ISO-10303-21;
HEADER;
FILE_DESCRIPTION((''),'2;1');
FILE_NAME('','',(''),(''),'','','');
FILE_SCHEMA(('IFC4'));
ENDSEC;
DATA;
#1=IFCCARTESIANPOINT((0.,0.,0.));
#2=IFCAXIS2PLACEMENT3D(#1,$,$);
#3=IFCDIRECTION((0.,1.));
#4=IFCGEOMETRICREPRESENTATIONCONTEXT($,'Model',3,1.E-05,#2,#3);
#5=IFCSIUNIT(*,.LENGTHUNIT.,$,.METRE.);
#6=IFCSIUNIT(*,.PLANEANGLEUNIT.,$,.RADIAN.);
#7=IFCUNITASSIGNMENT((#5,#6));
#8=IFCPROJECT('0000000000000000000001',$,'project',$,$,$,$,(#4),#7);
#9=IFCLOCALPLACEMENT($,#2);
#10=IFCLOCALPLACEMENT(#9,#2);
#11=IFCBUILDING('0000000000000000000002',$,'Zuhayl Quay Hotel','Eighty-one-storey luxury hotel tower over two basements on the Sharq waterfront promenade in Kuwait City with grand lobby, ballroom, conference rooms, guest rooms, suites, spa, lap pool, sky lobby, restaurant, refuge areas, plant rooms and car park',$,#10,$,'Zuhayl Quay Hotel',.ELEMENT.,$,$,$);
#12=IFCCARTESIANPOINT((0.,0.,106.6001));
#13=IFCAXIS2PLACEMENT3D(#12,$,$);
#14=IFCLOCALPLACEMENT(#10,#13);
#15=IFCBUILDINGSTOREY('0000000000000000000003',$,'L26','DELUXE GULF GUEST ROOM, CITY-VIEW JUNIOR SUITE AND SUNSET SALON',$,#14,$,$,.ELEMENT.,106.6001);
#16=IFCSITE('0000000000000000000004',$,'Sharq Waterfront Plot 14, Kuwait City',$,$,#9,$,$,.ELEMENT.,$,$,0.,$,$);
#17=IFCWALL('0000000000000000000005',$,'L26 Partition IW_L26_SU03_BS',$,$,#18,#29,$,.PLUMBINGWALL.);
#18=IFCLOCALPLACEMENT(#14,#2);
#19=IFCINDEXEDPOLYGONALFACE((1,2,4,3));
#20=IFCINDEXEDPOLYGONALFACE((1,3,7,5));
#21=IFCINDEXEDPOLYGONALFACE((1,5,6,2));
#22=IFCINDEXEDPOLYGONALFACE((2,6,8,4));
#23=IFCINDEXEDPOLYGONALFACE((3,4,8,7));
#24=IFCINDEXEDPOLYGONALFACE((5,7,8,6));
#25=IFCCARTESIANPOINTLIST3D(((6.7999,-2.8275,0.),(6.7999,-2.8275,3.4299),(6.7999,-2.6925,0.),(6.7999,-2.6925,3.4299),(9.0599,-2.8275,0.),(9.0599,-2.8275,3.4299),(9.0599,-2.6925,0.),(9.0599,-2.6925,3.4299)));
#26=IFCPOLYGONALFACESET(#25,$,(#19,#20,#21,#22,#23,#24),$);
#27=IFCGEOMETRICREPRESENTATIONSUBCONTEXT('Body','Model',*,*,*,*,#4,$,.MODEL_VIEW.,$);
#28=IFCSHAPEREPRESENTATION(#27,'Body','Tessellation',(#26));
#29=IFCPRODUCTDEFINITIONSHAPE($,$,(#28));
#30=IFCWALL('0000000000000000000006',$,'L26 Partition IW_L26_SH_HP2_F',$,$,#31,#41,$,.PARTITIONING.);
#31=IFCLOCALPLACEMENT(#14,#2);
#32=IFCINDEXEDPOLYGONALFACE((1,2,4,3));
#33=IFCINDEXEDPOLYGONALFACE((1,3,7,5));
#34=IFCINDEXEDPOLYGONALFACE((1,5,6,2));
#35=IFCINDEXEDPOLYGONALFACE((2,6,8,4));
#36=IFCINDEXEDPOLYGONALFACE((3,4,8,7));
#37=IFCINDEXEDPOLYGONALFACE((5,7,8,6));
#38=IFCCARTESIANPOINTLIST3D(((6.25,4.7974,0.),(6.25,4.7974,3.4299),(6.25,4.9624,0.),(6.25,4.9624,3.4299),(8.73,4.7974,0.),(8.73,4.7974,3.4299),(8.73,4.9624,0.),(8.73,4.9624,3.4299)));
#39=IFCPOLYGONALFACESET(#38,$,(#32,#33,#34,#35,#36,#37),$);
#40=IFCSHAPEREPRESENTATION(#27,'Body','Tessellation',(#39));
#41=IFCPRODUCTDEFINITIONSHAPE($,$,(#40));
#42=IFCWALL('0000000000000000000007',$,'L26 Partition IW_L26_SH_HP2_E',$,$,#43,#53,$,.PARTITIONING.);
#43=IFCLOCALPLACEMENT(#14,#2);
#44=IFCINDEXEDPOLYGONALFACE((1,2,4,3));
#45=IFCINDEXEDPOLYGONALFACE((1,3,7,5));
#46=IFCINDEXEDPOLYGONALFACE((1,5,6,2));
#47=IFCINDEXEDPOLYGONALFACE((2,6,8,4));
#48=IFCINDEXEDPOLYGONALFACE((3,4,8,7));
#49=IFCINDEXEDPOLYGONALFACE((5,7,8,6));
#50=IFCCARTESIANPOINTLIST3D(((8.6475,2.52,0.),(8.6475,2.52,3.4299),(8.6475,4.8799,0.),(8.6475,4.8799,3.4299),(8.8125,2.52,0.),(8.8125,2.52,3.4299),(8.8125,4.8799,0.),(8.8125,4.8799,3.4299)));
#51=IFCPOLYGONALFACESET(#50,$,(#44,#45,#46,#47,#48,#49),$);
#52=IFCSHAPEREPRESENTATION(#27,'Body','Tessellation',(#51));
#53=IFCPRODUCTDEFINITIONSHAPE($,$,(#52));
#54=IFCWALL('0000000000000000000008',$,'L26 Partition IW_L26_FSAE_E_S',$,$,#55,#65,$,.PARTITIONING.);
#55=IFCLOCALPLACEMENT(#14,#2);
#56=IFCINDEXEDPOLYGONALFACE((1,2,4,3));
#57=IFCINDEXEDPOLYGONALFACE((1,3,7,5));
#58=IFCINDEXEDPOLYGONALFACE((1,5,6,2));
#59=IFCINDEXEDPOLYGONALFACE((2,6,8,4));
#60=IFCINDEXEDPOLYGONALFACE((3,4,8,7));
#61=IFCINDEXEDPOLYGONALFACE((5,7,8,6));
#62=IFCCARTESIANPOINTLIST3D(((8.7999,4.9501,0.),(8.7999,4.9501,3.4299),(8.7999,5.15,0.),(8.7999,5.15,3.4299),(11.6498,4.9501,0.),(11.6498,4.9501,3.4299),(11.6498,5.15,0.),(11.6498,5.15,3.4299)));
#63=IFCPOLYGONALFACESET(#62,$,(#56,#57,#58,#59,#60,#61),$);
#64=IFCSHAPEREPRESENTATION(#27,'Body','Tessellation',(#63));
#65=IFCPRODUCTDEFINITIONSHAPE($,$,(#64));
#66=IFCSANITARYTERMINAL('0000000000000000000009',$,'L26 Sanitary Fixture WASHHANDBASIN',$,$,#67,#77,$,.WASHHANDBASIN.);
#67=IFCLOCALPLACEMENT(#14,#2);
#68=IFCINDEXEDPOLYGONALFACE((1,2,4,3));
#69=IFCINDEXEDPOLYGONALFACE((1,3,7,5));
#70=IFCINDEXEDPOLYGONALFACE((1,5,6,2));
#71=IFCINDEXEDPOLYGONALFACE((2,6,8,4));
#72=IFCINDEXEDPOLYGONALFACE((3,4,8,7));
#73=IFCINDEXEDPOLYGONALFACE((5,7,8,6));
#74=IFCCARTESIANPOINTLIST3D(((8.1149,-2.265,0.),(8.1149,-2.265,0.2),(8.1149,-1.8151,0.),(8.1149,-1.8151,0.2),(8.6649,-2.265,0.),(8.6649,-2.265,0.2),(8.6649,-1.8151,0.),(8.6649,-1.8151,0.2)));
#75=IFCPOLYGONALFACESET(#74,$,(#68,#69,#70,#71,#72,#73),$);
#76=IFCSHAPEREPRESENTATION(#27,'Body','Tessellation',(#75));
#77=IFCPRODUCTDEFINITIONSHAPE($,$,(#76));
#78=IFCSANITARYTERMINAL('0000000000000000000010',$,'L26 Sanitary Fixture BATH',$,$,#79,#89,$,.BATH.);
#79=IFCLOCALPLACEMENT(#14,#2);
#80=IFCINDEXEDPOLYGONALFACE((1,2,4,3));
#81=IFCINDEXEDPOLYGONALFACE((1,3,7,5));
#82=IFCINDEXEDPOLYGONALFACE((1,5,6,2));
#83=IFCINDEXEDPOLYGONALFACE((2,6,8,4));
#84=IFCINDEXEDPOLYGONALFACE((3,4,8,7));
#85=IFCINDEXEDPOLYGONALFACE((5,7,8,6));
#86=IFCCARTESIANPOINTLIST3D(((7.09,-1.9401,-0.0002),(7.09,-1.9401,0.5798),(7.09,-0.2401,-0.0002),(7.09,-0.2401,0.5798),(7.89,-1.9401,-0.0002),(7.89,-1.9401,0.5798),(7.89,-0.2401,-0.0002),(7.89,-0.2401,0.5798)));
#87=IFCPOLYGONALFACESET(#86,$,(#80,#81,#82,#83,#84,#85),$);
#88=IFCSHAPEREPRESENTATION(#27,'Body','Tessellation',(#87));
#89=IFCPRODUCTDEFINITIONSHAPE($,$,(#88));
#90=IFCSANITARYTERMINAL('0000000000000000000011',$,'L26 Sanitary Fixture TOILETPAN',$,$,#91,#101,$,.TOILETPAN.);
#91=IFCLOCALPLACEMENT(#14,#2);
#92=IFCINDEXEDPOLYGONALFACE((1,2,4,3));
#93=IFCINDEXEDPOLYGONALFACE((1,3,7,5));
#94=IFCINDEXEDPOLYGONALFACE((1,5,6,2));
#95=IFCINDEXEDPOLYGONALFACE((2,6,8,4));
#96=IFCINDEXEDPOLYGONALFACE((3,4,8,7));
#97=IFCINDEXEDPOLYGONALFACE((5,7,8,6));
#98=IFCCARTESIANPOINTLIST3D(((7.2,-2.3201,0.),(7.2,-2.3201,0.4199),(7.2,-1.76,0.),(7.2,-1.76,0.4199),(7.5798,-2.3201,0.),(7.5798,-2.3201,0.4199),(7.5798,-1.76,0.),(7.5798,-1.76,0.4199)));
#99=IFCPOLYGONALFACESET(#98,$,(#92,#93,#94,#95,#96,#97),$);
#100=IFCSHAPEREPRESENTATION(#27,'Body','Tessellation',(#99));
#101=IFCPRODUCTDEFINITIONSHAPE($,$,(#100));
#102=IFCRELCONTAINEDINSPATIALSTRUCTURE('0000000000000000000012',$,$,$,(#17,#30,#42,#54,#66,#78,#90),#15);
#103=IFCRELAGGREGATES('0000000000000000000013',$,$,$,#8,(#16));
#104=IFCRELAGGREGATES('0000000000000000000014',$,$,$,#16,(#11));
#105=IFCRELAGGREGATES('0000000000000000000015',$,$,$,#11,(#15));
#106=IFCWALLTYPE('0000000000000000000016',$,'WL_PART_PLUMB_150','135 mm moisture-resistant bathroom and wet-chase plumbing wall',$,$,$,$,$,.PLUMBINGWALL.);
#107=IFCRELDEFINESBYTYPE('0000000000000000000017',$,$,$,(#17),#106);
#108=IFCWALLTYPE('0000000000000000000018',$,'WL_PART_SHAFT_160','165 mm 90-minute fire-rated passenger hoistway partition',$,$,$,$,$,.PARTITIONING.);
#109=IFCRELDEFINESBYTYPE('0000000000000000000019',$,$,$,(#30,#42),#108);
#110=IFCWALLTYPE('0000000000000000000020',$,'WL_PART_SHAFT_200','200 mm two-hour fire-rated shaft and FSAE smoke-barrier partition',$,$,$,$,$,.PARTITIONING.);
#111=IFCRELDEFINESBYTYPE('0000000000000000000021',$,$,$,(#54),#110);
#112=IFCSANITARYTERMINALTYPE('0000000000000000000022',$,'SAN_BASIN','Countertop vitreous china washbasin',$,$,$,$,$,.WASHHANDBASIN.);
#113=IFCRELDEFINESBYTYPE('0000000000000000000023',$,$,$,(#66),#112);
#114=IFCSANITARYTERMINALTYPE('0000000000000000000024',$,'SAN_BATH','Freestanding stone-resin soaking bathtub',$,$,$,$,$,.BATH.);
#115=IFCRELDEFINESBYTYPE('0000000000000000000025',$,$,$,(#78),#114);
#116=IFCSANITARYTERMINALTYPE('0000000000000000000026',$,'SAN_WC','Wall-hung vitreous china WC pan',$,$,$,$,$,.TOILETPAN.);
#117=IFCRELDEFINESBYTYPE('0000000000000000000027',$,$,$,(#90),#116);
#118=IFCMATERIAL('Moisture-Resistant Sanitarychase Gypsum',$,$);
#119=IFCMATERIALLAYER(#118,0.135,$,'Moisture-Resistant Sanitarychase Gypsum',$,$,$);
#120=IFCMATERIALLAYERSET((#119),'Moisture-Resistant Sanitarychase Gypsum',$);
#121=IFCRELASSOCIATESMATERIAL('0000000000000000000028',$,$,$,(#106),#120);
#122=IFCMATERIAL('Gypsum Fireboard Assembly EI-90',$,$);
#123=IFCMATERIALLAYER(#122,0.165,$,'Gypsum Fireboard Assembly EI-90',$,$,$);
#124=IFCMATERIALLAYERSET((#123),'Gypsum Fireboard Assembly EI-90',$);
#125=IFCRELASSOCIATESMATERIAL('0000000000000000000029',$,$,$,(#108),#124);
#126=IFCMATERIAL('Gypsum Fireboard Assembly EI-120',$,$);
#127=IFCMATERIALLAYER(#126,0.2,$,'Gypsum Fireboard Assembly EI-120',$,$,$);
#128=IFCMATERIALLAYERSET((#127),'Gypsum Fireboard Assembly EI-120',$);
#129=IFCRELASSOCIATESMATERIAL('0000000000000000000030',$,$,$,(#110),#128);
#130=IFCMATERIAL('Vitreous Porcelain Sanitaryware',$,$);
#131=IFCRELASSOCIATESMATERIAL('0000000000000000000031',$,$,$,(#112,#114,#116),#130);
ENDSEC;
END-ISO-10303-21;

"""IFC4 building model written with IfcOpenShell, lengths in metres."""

from ifc_helpers import new_model, si_unit, direction, frame, frame_2d, origin, origin_2d, place, context, subcontext, project, spatial, rectangle, extrude, material, layer, layer_set, type_object, element, save


model = new_model("IFC4")

# Units and contexts
model_context = context("Model", 3, precision=1e-05, world=origin(), true_north=direction((0.0, 1.0)))
body_context = subcontext(model_context, "Body", "Model", "MODEL_VIEW")
ifc_project = project(units=[si_unit("LENGTHUNIT", "METRE"), si_unit("PLANEANGLEUNIT", "RADIAN")], contexts=[model_context])

# Site, building, storey
site_placement = place(None, origin())
site = spatial("IfcSite", under=ifc_project, at=site_placement, Name="Sharq Waterfront Plot 14, Kuwait City", CompositionType="ELEMENT", RefElevation=0.0)
building_placement = place(site_placement, origin())
building = spatial("IfcBuilding", under=site, at=building_placement, Name="Zuhayl Quay Hotel", Description="Eighty-one-storey luxury hotel tower over two basements on the Sharq waterfront promenade in Kuwait City with grand lobby, ballroom, conference rooms, guest rooms, suites, spa, lap pool, sky lobby, restaurant, refuge areas, plant rooms and car park", LongName="Zuhayl Quay Hotel", CompositionType="ELEMENT")
storey_placement = place(building_placement, frame((0.0, 0.0, 106.6001)))
storey = spatial("IfcBuildingStorey", under=building, at=storey_placement, Name="L26", Description="DELUXE GULF GUEST ROOM, CITY-VIEW JUNIOR SUITE AND SUNSET SALON", CompositionType="ELEMENT", Elevation=106.6001)

# Shared definitions
ifc_material_1 = material(Name="Moisture-Resistant Sanitarychase Gypsum")
ifc_layer_1 = layer(ifc_material_1, 0.135, Name="Moisture-Resistant Sanitarychase Gypsum")
ifc_layer_set_1 = layer_set([ifc_layer_1], Name="Moisture-Resistant Sanitarychase Gypsum")
wall_type_1 = type_object("IfcWallType", Name="WL_PART_PLUMB_150", Description="135 mm moisture-resistant bathroom and wet-chase plumbing wall", PredefinedType="PLUMBINGWALL", material=ifc_layer_set_1)

# Walls
wall_1_placement = place(storey_placement, frame((6.8, -2.76, 0.0), z_axis=(0.0, 0.0, 1.0), x_axis=(1.0, 0.0, 0.0)))
element("IfcWall", 1, at=wall_1_placement, inside=storey, type_object=wall_type_1, Name="L26 Partition IW_L26_SU03_BS", PredefinedType="PLUMBINGWALL", context=body_context, shape_type="SweptSolid", body=[
    extrude(rectangle(XDim=2.26, YDim=0.135, at=frame_2d((1.1299, 0.0))), origin(), (0.0, 0.0, 1.0), 3.4299),
])
ifc_material_2 = material(Name="Gypsum Fireboard Assembly EI-90")
ifc_layer_2 = layer(ifc_material_2, 0.165, Name="Gypsum Fireboard Assembly EI-90")
ifc_layer_set_2 = layer_set([ifc_layer_2], Name="Gypsum Fireboard Assembly EI-90")
wall_type_2 = type_object("IfcWallType", Name="WL_PART_SHAFT_160", Description="165 mm 90-minute fire-rated passenger hoistway partition", PredefinedType="PARTITIONING", material=ifc_layer_set_2)
wall_2_placement = place(storey_placement, frame((6.25, 4.8799, 0.0), z_axis=(0.0, 0.0, 1.0), x_axis=(1.0, 0.0, 0.0)))
element("IfcWall", 2, at=wall_2_placement, inside=storey, type_object=wall_type_2, Name="L26 Partition IW_L26_SH_HP2_F", PredefinedType="PARTITIONING", context=body_context, shape_type="SweptSolid", body=[
    extrude(rectangle(XDim=2.48, YDim=0.165, at=frame_2d((1.24, 0.0))), origin(), (0.0, 0.0, 1.0), 3.4299),
])
wall_3_placement = place(storey_placement, frame((8.73, 2.52, 0.0), z_axis=(0.0, 0.0, 1.0), x_axis=(0.0, 1.0, 0.0)))
element("IfcWall", 3, at=wall_3_placement, inside=storey, type_object=wall_type_2, Name="L26 Partition IW_L26_SH_HP2_E", PredefinedType="PARTITIONING", context=body_context, shape_type="SweptSolid", body=[
    extrude(rectangle(XDim=2.3599, YDim=0.165, at=frame_2d((1.1799, 0.0))), origin(), (0.0, 0.0, 1.0), 3.4299),
])
ifc_material_3 = material(Name="Gypsum Fireboard Assembly EI-120")
ifc_layer_3 = layer(ifc_material_3, 0.2, Name="Gypsum Fireboard Assembly EI-120")
ifc_layer_set_3 = layer_set([ifc_layer_3], Name="Gypsum Fireboard Assembly EI-120")
wall_type_3 = type_object("IfcWallType", Name="WL_PART_SHAFT_200", Description="200 mm two-hour fire-rated shaft and FSAE smoke-barrier partition", PredefinedType="PARTITIONING", material=ifc_layer_set_3)
wall_4_placement = place(storey_placement, frame((8.8, 5.05, 0.0), z_axis=(0.0, 0.0, 1.0), x_axis=(1.0, 0.0, 0.0)))
element("IfcWall", 4, at=wall_4_placement, inside=storey, type_object=wall_type_3, Name="L26 Partition IW_L26_FSAE_E_S", PredefinedType="PARTITIONING", context=body_context, shape_type="SweptSolid", body=[
    extrude(rectangle(XDim=2.8499, YDim=0.2, at=frame_2d((1.4248, 0.0))), origin(), (0.0, 0.0, 1.0), 3.4299),
])

# Sanitary terminals
ifc_material_4 = material(Name="Vitreous Porcelain Sanitaryware")
sanitary_terminal_type_1 = type_object("IfcSanitaryTerminalType", Name="SAN_BASIN", Description="Countertop vitreous china washbasin", PredefinedType="WASHHANDBASIN", material=ifc_material_4)
sanitary_terminal_1_placement = place(storey_placement, frame((8.3899, -2.04, 0.0), z_axis=(0.0, 0.0, 1.0), x_axis=(1.0, 0.0, 0.0)))
element("IfcSanitaryTerminal", 5, at=sanitary_terminal_1_placement, inside=storey, type_object=sanitary_terminal_type_1, Name="L26 Sanitary Fixture WASHHANDBASIN", PredefinedType="WASHHANDBASIN", context=body_context, shape_type="SweptSolid", body=[
    extrude(rectangle(XDim=0.55, YDim=0.45, at=origin_2d()), origin(), (0.0, 0.0, 1.0), 0.2),
])
sanitary_terminal_type_2 = type_object("IfcSanitaryTerminalType", Name="SAN_BATH", Description="Freestanding stone-resin soaking bathtub", PredefinedType="BATH", material=ifc_material_4)
sanitary_terminal_2_placement = place(storey_placement, frame((7.49, -1.0901, -0.0002), z_axis=(0.0, 0.0, 1.0), x_axis=(1.0, 0.0, 0.0)))
element("IfcSanitaryTerminal", 6, at=sanitary_terminal_2_placement, inside=storey, type_object=sanitary_terminal_type_2, Name="L26 Sanitary Fixture BATH", PredefinedType="BATH", context=body_context, shape_type="SweptSolid", body=[
    extrude(rectangle(XDim=0.8, YDim=1.7, at=origin_2d()), origin(), (0.0, 0.0, 1.0), 0.5801),
])
sanitary_terminal_type_3 = type_object("IfcSanitaryTerminalType", Name="SAN_WC", Description="Wall-hung vitreous china WC pan", PredefinedType="TOILETPAN", material=ifc_material_4)
sanitary_terminal_3_placement = place(storey_placement, frame((7.3899, -2.04, 0.0), z_axis=(0.0, 0.0, 1.0), x_axis=(1.0, 0.0, 0.0)))
element("IfcSanitaryTerminal", 7, at=sanitary_terminal_3_placement, inside=storey, type_object=sanitary_terminal_type_3, Name="L26 Sanitary Fixture TOILETPAN", PredefinedType="TOILETPAN", context=body_context, shape_type="SweptSolid", body=[
    extrude(rectangle(XDim=0.3799, YDim=0.5601, at=origin_2d()), origin(), (0.0, 0.0, 1.0), 0.4199),
])

save(model, "model.ifc")
